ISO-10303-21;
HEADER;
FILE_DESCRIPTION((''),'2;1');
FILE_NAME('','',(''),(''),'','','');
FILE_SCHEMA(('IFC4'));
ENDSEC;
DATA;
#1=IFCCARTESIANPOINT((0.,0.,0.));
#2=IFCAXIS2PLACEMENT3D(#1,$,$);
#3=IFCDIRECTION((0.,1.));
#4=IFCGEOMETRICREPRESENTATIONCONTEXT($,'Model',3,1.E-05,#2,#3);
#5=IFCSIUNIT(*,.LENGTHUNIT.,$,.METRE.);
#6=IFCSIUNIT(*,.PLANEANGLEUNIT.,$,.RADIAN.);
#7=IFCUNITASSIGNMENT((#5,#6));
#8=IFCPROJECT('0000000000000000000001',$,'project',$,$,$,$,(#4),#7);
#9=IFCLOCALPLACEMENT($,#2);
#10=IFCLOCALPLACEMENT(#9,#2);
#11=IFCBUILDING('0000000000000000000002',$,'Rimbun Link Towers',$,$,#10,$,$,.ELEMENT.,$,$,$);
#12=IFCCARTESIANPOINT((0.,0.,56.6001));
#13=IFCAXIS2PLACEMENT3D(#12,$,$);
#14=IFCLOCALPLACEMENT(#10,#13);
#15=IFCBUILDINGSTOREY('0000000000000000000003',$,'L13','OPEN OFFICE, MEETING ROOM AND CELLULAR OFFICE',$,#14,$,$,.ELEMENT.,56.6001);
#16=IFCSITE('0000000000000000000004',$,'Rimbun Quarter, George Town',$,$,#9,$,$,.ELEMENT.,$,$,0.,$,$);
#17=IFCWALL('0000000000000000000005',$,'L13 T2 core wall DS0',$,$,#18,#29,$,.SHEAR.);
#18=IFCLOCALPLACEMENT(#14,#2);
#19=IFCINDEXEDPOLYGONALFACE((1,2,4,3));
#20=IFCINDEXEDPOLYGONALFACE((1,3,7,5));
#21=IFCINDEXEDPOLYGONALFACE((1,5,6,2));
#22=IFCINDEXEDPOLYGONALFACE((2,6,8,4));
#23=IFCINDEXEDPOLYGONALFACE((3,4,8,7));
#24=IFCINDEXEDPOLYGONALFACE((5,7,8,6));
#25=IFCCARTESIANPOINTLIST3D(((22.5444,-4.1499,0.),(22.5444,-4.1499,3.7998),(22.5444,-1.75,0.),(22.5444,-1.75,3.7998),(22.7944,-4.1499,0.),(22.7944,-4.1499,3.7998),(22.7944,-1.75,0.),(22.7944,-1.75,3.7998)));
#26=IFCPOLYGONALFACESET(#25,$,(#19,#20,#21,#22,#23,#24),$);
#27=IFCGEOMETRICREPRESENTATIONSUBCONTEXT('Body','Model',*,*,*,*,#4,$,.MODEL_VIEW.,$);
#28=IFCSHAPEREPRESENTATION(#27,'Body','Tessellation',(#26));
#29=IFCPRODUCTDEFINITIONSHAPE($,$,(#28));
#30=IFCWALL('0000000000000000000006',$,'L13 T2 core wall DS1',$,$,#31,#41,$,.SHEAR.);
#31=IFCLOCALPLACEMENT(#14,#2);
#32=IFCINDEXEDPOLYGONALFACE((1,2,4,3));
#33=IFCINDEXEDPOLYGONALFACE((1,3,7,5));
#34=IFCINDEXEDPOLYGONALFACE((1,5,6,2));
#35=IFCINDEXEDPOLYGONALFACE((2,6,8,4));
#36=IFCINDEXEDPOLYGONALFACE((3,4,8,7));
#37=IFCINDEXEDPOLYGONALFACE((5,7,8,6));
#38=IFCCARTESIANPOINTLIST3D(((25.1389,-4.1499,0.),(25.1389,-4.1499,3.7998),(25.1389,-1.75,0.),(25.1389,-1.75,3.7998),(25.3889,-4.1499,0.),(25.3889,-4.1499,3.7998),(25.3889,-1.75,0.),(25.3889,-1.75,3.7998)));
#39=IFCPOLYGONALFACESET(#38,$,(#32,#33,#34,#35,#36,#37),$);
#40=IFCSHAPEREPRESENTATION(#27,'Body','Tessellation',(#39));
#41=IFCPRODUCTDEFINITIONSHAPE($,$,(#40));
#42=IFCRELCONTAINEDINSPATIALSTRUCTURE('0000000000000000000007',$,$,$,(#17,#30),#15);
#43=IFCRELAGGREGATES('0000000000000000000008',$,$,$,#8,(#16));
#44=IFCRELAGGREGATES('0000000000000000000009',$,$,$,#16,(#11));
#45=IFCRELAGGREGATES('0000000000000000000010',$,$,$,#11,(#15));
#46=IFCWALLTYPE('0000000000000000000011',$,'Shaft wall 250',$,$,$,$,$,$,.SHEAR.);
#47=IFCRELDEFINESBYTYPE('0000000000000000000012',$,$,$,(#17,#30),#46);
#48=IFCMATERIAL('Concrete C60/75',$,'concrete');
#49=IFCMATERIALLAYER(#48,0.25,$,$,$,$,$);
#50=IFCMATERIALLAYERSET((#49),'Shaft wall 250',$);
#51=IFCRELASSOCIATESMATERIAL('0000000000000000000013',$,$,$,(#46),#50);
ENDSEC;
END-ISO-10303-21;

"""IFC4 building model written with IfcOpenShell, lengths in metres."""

from ifc_helpers import new_model, si_unit, direction, frame, frame_2d, origin, place, context, subcontext, project, spatial, rectangle, extrude, material, layer, layer_set, type_object, element, save


model = new_model("IFC4")

# Units and contexts
model_context = context("Model", 3, precision=1e-05, world=origin(), true_north=direction((0.0, 1.0)))
body_context = subcontext(model_context, "Body", "Model", "MODEL_VIEW")
ifc_project = project(units=[si_unit("LENGTHUNIT", "METRE"), si_unit("PLANEANGLEUNIT", "RADIAN")], contexts=[model_context])

# Site, building, storey
site_placement = place(None, origin())
site = spatial("IfcSite", under=ifc_project, at=site_placement, Name="Rimbun Quarter, George Town", CompositionType="ELEMENT", RefElevation=0.0)
building_placement = place(site_placement, origin())
building = spatial("IfcBuilding", under=site, at=building_placement, Name="Rimbun Link Towers", CompositionType="ELEMENT")
storey_placement = place(building_placement, frame((0.0, 0.0, 56.6001)))
storey = spatial("IfcBuildingStorey", under=building, at=storey_placement, Name="L13", Description="OPEN OFFICE, MEETING ROOM AND CELLULAR OFFICE", CompositionType="ELEMENT", Elevation=56.6001)

# Shared definitions
ifc_material_1 = material(Name="Concrete C60/75", Category="concrete")
ifc_layer_1 = layer(ifc_material_1, 0.25)
ifc_layer_set_1 = layer_set([ifc_layer_1], Name="Shaft wall 250")
wall_type_1 = type_object("IfcWallType", Name="Shaft wall 250", PredefinedType="SHEAR", material=ifc_layer_set_1)

# Walls
for number, where, z_axis, x_axis, name in (
    (1, (22.6694, -4.1499, 0.0), (0.0, 0.0, 1.0), (0.0, 1.0, 0.0), "L13 T2 core wall DS0"),
    (2, (25.2639, -4.1499, 0.0), (0.0, 0.0, 1.0), (0.0, 1.0, 0.0), "L13 T2 core wall DS1"),
):
    element("IfcWall", number, at=place(storey_placement, frame(where, z_axis=z_axis, x_axis=x_axis)), inside=storey, type_object=wall_type_1, Name=name, PredefinedType="SHEAR", context=body_context, shape_type="SweptSolid", body=[
        extrude(rectangle(XDim=2.3999, YDim=0.25, at=frame_2d((1.2, 0.0))), origin(), (0.0, 0.0, 1.0), 3.7998),
    ])

save(model, "model.ifc")
